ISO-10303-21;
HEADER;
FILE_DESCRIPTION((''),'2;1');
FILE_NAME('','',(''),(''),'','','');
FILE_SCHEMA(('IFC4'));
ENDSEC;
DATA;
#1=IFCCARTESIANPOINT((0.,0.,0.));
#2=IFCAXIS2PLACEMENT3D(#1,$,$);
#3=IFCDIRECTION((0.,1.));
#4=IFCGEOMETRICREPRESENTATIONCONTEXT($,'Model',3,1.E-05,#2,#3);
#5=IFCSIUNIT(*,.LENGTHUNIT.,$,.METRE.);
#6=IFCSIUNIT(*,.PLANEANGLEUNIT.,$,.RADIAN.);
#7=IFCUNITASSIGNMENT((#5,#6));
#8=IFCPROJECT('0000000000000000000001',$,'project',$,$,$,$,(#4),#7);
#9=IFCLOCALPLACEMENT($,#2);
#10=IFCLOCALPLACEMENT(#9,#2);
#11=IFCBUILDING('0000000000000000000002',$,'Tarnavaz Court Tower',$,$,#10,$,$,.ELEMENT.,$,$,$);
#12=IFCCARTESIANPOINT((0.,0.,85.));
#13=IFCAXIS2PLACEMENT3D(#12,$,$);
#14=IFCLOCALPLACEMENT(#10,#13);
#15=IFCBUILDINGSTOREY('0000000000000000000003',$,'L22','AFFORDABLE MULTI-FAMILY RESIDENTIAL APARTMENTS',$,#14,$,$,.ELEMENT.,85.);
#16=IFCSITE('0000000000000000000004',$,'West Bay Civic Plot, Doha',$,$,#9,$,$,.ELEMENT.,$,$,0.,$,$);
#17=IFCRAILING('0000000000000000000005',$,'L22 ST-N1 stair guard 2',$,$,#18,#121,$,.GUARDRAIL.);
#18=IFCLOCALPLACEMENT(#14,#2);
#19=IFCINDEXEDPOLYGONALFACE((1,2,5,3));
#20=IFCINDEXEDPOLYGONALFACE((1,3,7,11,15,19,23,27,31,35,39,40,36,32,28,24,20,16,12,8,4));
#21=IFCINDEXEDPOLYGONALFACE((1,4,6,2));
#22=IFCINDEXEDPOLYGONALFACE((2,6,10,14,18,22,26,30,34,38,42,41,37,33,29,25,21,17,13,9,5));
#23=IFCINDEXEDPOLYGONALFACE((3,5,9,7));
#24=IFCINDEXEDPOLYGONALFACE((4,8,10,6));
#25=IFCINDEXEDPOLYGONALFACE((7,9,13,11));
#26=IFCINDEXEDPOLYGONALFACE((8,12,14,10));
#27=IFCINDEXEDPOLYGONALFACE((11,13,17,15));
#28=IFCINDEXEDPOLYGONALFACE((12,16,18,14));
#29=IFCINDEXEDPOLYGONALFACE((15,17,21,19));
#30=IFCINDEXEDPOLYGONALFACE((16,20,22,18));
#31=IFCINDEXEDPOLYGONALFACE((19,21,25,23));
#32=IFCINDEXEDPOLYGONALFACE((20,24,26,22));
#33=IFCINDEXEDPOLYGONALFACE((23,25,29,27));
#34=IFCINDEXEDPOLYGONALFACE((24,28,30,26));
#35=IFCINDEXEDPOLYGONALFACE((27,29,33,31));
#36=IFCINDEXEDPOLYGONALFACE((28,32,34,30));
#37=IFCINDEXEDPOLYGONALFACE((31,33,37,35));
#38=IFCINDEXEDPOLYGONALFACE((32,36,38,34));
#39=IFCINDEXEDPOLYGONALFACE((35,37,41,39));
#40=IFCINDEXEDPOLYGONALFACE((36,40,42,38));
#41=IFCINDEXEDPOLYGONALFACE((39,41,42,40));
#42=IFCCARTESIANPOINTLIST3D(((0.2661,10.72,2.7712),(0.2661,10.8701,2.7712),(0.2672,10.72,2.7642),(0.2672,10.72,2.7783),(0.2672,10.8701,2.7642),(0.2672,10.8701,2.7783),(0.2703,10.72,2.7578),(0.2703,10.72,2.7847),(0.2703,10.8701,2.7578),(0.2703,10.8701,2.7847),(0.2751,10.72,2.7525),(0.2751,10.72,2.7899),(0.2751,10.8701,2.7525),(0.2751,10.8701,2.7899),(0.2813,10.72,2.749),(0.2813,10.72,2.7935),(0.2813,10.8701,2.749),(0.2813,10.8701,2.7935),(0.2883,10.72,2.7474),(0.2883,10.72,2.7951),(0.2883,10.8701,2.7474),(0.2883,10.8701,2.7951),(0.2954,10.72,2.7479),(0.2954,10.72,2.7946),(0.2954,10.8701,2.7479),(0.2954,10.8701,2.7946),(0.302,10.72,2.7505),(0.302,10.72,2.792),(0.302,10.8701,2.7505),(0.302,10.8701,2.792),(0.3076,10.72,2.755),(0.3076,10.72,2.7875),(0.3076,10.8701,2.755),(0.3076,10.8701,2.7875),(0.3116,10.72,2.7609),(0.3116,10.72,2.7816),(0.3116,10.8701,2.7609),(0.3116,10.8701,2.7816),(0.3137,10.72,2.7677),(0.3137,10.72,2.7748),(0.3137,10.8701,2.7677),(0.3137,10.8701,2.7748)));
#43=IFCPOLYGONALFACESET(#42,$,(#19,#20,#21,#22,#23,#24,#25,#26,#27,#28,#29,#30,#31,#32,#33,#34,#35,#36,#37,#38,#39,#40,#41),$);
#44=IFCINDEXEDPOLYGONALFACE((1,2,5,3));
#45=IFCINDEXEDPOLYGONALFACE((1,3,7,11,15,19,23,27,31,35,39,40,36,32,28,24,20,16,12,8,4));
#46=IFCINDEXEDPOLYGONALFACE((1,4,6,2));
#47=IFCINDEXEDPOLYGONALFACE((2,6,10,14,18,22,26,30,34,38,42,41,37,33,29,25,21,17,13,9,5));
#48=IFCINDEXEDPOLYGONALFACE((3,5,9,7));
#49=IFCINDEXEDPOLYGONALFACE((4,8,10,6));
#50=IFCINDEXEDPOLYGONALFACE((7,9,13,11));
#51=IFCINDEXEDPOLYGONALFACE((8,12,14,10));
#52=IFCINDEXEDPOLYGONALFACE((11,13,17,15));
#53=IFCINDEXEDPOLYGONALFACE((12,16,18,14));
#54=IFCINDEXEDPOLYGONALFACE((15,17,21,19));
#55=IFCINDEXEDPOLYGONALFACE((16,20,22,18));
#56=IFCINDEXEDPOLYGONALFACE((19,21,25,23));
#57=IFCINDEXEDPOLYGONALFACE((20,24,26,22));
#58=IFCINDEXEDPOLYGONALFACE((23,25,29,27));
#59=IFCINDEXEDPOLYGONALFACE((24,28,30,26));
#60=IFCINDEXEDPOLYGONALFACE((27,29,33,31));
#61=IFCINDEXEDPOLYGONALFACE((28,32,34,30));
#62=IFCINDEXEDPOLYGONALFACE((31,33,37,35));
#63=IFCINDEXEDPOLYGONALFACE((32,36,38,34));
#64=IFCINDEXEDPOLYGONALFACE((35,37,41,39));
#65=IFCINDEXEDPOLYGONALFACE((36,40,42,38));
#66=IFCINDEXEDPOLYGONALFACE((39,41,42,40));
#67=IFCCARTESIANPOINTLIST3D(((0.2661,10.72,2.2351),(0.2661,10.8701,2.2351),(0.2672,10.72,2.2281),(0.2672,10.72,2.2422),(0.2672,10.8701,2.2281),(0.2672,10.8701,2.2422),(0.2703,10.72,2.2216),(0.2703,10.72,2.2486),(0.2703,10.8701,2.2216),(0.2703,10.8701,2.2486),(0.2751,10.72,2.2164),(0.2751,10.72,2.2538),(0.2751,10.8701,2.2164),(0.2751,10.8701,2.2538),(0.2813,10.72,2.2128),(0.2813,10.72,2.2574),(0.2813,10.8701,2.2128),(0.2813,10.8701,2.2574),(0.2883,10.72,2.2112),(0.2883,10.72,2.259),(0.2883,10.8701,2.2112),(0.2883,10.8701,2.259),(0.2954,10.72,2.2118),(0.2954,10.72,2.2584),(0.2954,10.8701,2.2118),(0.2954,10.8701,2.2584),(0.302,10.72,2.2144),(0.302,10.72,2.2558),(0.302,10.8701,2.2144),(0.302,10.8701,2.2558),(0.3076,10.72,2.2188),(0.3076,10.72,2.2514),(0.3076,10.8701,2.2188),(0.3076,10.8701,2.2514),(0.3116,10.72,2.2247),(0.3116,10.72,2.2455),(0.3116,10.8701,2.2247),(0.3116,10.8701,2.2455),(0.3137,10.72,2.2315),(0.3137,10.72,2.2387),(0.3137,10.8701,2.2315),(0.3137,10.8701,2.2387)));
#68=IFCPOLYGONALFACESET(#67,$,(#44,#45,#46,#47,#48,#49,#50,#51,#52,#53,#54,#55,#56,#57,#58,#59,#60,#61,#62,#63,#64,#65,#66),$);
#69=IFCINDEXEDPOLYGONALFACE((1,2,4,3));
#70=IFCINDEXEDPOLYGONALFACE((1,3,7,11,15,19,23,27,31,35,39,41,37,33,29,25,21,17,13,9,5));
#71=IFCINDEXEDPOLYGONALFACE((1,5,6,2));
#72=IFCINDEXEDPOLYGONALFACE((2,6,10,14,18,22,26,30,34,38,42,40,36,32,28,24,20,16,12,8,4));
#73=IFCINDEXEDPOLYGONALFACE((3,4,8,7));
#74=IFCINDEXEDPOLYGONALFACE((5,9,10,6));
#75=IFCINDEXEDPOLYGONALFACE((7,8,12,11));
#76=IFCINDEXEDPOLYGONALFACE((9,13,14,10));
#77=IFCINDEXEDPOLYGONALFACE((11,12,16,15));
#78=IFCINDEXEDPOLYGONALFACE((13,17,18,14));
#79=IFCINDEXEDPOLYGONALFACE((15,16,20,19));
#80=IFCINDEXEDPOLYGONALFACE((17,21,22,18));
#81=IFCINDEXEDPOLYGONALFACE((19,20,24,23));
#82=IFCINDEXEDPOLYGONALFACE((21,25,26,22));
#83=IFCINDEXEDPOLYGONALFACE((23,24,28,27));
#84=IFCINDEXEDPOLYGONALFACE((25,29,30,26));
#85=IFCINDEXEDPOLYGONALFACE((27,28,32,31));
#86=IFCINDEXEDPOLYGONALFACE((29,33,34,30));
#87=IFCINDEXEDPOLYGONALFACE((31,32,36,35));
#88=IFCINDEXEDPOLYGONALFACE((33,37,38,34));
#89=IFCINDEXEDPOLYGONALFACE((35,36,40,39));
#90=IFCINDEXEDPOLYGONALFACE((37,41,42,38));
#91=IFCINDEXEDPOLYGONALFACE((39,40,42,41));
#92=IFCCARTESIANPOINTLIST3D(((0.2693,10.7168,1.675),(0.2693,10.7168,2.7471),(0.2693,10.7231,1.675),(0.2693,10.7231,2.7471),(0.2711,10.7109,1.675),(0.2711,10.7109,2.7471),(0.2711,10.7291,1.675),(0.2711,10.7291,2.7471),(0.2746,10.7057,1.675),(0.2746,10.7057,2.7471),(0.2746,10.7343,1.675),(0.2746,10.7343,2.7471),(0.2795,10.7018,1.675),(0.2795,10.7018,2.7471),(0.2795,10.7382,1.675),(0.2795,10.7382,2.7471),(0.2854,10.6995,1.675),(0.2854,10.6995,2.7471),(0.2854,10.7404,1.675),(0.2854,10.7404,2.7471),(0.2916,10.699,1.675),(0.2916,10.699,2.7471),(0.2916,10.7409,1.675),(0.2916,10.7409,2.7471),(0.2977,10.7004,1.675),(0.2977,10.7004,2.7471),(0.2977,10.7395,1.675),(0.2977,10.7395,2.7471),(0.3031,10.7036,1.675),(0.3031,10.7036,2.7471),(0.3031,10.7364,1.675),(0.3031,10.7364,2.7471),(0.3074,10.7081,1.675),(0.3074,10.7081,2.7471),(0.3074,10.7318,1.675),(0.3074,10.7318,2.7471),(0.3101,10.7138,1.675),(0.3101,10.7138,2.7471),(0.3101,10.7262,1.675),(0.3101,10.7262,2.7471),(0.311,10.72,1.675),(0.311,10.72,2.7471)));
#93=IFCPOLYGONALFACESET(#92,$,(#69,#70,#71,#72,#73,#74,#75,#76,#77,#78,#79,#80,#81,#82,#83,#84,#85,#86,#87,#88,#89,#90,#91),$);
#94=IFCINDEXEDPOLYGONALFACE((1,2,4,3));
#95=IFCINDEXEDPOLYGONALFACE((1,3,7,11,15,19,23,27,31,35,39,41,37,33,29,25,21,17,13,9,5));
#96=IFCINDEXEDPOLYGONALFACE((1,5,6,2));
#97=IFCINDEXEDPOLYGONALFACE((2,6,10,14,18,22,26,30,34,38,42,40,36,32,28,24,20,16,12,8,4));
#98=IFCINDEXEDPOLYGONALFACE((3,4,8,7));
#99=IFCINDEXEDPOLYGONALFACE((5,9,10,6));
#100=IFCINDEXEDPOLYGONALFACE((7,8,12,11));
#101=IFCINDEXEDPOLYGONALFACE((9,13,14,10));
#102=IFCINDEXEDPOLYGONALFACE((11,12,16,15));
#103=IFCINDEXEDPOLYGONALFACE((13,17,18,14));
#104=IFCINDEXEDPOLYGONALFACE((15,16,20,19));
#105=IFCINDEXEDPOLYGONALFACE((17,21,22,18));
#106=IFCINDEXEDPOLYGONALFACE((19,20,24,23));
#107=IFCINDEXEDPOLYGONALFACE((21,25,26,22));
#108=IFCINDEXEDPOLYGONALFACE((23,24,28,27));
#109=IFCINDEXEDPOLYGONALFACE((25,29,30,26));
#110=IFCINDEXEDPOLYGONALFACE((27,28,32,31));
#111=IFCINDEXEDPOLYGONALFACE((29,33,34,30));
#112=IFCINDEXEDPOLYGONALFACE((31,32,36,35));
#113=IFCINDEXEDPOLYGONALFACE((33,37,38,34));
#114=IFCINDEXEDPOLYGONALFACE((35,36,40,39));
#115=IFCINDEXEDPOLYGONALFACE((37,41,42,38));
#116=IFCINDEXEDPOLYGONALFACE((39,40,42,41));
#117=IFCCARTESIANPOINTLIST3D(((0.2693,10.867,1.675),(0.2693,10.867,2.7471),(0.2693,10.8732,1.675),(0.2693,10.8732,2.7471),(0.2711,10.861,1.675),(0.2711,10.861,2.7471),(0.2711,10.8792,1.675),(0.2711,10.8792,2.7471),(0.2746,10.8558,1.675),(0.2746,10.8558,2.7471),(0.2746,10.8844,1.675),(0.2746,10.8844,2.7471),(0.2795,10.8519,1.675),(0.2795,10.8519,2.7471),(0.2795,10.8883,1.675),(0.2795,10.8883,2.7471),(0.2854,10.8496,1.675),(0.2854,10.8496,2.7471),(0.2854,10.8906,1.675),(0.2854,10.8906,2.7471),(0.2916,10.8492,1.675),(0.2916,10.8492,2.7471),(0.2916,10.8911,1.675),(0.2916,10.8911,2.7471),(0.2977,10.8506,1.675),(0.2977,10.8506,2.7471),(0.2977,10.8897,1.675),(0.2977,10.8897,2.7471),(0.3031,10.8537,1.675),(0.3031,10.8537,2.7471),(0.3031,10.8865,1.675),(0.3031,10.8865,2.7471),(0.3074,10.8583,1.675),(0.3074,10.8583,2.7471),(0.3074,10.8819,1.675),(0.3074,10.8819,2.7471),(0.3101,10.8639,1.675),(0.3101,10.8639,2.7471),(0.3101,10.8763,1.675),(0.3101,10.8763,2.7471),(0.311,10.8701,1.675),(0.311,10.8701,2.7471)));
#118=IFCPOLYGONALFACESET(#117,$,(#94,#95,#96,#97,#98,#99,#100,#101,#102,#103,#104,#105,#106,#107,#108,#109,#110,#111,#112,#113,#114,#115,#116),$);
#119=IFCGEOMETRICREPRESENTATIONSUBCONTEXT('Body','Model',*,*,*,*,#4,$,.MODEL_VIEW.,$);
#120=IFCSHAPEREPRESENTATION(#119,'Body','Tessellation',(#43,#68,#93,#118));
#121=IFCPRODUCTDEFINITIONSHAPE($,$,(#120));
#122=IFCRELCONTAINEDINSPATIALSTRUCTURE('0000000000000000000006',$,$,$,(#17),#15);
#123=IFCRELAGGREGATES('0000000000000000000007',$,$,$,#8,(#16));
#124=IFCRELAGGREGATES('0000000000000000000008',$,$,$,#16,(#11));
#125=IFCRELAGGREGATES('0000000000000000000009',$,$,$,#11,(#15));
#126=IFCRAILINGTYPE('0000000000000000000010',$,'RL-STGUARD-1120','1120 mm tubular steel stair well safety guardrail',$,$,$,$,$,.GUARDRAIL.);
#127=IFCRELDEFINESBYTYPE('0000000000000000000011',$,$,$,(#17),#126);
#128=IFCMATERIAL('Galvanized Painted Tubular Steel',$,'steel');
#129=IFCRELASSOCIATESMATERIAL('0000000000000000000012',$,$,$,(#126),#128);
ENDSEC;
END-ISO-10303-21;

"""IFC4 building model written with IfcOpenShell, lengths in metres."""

from ifc_helpers import new_model, si_unit, direction, frame, origin, origin_2d, place, context, subcontext, project, spatial, circle, extrude, material, type_object, element, save


model = new_model("IFC4")

# Units and contexts
model_context = context("Model", 3, precision=1e-05, world=origin(), true_north=direction((0.0, 1.0)))
body_context = subcontext(model_context, "Body", "Model", "MODEL_VIEW")
ifc_project = project(units=[si_unit("LENGTHUNIT", "METRE"), si_unit("PLANEANGLEUNIT", "RADIAN")], contexts=[model_context])

# Site, building, storey
site_placement = place(None, origin())
site = spatial("IfcSite", under=ifc_project, at=site_placement, Name="West Bay Civic Plot, Doha", CompositionType="ELEMENT", RefElevation=0.0)
building_placement = place(site_placement, origin())
building = spatial("IfcBuilding", under=site, at=building_placement, Name="Tarnavaz Court Tower", CompositionType="ELEMENT")
storey_placement = place(building_placement, frame((0.0, 0.0, 85.0)))
storey = spatial("IfcBuildingStorey", under=building, at=storey_placement, Name="L22", Description="AFFORDABLE MULTI-FAMILY RESIDENTIAL APARTMENTS", CompositionType="ELEMENT", Elevation=85.0)

# Railing
ifc_material_1 = material(Name="Galvanized Painted Tubular Steel", Category="steel")
railing_type_1 = type_object("IfcRailingType", Name="RL-STGUARD-1120", Description="1120 mm tubular steel stair well safety guardrail", PredefinedType="GUARDRAIL", material=ifc_material_1)
railing_1_placement = place(storey_placement, frame((0.29, 10.72, 1.675)))
element("IfcRailing", 1, at=railing_1_placement, inside=storey, type_object=railing_type_1, Name="L22 ST-N1 stair guard 2", PredefinedType="GUARDRAIL", context=body_context, shape_type="SweptSolid", body=[
    extrude(circle(Radius=0.0239, at=origin_2d()), frame((0.0, 0.0, 1.0962), z_axis=(0.0, 1.0, 0.0), x_axis=(-1.0, 0.0, 0.0)), (0.0, 0.0, 1.0), 0.1501),
    extrude(circle(Radius=0.0239, at=origin_2d()), frame((0.0, 0.0, 0.5601), z_axis=(0.0, 1.0, 0.0), x_axis=(-1.0, 0.0, 0.0)), (0.0, 0.0, 1.0), 0.1501),
    extrude(circle(Radius=0.021, at=origin_2d()), origin(), (0.0, 0.0, 1.0), 1.072),
    extrude(circle(Radius=0.021, at=origin_2d()), frame((0.0, 0.1501, 0.0)), (0.0, 0.0, 1.0), 1.072),
])

save(model, "model.ifc")
